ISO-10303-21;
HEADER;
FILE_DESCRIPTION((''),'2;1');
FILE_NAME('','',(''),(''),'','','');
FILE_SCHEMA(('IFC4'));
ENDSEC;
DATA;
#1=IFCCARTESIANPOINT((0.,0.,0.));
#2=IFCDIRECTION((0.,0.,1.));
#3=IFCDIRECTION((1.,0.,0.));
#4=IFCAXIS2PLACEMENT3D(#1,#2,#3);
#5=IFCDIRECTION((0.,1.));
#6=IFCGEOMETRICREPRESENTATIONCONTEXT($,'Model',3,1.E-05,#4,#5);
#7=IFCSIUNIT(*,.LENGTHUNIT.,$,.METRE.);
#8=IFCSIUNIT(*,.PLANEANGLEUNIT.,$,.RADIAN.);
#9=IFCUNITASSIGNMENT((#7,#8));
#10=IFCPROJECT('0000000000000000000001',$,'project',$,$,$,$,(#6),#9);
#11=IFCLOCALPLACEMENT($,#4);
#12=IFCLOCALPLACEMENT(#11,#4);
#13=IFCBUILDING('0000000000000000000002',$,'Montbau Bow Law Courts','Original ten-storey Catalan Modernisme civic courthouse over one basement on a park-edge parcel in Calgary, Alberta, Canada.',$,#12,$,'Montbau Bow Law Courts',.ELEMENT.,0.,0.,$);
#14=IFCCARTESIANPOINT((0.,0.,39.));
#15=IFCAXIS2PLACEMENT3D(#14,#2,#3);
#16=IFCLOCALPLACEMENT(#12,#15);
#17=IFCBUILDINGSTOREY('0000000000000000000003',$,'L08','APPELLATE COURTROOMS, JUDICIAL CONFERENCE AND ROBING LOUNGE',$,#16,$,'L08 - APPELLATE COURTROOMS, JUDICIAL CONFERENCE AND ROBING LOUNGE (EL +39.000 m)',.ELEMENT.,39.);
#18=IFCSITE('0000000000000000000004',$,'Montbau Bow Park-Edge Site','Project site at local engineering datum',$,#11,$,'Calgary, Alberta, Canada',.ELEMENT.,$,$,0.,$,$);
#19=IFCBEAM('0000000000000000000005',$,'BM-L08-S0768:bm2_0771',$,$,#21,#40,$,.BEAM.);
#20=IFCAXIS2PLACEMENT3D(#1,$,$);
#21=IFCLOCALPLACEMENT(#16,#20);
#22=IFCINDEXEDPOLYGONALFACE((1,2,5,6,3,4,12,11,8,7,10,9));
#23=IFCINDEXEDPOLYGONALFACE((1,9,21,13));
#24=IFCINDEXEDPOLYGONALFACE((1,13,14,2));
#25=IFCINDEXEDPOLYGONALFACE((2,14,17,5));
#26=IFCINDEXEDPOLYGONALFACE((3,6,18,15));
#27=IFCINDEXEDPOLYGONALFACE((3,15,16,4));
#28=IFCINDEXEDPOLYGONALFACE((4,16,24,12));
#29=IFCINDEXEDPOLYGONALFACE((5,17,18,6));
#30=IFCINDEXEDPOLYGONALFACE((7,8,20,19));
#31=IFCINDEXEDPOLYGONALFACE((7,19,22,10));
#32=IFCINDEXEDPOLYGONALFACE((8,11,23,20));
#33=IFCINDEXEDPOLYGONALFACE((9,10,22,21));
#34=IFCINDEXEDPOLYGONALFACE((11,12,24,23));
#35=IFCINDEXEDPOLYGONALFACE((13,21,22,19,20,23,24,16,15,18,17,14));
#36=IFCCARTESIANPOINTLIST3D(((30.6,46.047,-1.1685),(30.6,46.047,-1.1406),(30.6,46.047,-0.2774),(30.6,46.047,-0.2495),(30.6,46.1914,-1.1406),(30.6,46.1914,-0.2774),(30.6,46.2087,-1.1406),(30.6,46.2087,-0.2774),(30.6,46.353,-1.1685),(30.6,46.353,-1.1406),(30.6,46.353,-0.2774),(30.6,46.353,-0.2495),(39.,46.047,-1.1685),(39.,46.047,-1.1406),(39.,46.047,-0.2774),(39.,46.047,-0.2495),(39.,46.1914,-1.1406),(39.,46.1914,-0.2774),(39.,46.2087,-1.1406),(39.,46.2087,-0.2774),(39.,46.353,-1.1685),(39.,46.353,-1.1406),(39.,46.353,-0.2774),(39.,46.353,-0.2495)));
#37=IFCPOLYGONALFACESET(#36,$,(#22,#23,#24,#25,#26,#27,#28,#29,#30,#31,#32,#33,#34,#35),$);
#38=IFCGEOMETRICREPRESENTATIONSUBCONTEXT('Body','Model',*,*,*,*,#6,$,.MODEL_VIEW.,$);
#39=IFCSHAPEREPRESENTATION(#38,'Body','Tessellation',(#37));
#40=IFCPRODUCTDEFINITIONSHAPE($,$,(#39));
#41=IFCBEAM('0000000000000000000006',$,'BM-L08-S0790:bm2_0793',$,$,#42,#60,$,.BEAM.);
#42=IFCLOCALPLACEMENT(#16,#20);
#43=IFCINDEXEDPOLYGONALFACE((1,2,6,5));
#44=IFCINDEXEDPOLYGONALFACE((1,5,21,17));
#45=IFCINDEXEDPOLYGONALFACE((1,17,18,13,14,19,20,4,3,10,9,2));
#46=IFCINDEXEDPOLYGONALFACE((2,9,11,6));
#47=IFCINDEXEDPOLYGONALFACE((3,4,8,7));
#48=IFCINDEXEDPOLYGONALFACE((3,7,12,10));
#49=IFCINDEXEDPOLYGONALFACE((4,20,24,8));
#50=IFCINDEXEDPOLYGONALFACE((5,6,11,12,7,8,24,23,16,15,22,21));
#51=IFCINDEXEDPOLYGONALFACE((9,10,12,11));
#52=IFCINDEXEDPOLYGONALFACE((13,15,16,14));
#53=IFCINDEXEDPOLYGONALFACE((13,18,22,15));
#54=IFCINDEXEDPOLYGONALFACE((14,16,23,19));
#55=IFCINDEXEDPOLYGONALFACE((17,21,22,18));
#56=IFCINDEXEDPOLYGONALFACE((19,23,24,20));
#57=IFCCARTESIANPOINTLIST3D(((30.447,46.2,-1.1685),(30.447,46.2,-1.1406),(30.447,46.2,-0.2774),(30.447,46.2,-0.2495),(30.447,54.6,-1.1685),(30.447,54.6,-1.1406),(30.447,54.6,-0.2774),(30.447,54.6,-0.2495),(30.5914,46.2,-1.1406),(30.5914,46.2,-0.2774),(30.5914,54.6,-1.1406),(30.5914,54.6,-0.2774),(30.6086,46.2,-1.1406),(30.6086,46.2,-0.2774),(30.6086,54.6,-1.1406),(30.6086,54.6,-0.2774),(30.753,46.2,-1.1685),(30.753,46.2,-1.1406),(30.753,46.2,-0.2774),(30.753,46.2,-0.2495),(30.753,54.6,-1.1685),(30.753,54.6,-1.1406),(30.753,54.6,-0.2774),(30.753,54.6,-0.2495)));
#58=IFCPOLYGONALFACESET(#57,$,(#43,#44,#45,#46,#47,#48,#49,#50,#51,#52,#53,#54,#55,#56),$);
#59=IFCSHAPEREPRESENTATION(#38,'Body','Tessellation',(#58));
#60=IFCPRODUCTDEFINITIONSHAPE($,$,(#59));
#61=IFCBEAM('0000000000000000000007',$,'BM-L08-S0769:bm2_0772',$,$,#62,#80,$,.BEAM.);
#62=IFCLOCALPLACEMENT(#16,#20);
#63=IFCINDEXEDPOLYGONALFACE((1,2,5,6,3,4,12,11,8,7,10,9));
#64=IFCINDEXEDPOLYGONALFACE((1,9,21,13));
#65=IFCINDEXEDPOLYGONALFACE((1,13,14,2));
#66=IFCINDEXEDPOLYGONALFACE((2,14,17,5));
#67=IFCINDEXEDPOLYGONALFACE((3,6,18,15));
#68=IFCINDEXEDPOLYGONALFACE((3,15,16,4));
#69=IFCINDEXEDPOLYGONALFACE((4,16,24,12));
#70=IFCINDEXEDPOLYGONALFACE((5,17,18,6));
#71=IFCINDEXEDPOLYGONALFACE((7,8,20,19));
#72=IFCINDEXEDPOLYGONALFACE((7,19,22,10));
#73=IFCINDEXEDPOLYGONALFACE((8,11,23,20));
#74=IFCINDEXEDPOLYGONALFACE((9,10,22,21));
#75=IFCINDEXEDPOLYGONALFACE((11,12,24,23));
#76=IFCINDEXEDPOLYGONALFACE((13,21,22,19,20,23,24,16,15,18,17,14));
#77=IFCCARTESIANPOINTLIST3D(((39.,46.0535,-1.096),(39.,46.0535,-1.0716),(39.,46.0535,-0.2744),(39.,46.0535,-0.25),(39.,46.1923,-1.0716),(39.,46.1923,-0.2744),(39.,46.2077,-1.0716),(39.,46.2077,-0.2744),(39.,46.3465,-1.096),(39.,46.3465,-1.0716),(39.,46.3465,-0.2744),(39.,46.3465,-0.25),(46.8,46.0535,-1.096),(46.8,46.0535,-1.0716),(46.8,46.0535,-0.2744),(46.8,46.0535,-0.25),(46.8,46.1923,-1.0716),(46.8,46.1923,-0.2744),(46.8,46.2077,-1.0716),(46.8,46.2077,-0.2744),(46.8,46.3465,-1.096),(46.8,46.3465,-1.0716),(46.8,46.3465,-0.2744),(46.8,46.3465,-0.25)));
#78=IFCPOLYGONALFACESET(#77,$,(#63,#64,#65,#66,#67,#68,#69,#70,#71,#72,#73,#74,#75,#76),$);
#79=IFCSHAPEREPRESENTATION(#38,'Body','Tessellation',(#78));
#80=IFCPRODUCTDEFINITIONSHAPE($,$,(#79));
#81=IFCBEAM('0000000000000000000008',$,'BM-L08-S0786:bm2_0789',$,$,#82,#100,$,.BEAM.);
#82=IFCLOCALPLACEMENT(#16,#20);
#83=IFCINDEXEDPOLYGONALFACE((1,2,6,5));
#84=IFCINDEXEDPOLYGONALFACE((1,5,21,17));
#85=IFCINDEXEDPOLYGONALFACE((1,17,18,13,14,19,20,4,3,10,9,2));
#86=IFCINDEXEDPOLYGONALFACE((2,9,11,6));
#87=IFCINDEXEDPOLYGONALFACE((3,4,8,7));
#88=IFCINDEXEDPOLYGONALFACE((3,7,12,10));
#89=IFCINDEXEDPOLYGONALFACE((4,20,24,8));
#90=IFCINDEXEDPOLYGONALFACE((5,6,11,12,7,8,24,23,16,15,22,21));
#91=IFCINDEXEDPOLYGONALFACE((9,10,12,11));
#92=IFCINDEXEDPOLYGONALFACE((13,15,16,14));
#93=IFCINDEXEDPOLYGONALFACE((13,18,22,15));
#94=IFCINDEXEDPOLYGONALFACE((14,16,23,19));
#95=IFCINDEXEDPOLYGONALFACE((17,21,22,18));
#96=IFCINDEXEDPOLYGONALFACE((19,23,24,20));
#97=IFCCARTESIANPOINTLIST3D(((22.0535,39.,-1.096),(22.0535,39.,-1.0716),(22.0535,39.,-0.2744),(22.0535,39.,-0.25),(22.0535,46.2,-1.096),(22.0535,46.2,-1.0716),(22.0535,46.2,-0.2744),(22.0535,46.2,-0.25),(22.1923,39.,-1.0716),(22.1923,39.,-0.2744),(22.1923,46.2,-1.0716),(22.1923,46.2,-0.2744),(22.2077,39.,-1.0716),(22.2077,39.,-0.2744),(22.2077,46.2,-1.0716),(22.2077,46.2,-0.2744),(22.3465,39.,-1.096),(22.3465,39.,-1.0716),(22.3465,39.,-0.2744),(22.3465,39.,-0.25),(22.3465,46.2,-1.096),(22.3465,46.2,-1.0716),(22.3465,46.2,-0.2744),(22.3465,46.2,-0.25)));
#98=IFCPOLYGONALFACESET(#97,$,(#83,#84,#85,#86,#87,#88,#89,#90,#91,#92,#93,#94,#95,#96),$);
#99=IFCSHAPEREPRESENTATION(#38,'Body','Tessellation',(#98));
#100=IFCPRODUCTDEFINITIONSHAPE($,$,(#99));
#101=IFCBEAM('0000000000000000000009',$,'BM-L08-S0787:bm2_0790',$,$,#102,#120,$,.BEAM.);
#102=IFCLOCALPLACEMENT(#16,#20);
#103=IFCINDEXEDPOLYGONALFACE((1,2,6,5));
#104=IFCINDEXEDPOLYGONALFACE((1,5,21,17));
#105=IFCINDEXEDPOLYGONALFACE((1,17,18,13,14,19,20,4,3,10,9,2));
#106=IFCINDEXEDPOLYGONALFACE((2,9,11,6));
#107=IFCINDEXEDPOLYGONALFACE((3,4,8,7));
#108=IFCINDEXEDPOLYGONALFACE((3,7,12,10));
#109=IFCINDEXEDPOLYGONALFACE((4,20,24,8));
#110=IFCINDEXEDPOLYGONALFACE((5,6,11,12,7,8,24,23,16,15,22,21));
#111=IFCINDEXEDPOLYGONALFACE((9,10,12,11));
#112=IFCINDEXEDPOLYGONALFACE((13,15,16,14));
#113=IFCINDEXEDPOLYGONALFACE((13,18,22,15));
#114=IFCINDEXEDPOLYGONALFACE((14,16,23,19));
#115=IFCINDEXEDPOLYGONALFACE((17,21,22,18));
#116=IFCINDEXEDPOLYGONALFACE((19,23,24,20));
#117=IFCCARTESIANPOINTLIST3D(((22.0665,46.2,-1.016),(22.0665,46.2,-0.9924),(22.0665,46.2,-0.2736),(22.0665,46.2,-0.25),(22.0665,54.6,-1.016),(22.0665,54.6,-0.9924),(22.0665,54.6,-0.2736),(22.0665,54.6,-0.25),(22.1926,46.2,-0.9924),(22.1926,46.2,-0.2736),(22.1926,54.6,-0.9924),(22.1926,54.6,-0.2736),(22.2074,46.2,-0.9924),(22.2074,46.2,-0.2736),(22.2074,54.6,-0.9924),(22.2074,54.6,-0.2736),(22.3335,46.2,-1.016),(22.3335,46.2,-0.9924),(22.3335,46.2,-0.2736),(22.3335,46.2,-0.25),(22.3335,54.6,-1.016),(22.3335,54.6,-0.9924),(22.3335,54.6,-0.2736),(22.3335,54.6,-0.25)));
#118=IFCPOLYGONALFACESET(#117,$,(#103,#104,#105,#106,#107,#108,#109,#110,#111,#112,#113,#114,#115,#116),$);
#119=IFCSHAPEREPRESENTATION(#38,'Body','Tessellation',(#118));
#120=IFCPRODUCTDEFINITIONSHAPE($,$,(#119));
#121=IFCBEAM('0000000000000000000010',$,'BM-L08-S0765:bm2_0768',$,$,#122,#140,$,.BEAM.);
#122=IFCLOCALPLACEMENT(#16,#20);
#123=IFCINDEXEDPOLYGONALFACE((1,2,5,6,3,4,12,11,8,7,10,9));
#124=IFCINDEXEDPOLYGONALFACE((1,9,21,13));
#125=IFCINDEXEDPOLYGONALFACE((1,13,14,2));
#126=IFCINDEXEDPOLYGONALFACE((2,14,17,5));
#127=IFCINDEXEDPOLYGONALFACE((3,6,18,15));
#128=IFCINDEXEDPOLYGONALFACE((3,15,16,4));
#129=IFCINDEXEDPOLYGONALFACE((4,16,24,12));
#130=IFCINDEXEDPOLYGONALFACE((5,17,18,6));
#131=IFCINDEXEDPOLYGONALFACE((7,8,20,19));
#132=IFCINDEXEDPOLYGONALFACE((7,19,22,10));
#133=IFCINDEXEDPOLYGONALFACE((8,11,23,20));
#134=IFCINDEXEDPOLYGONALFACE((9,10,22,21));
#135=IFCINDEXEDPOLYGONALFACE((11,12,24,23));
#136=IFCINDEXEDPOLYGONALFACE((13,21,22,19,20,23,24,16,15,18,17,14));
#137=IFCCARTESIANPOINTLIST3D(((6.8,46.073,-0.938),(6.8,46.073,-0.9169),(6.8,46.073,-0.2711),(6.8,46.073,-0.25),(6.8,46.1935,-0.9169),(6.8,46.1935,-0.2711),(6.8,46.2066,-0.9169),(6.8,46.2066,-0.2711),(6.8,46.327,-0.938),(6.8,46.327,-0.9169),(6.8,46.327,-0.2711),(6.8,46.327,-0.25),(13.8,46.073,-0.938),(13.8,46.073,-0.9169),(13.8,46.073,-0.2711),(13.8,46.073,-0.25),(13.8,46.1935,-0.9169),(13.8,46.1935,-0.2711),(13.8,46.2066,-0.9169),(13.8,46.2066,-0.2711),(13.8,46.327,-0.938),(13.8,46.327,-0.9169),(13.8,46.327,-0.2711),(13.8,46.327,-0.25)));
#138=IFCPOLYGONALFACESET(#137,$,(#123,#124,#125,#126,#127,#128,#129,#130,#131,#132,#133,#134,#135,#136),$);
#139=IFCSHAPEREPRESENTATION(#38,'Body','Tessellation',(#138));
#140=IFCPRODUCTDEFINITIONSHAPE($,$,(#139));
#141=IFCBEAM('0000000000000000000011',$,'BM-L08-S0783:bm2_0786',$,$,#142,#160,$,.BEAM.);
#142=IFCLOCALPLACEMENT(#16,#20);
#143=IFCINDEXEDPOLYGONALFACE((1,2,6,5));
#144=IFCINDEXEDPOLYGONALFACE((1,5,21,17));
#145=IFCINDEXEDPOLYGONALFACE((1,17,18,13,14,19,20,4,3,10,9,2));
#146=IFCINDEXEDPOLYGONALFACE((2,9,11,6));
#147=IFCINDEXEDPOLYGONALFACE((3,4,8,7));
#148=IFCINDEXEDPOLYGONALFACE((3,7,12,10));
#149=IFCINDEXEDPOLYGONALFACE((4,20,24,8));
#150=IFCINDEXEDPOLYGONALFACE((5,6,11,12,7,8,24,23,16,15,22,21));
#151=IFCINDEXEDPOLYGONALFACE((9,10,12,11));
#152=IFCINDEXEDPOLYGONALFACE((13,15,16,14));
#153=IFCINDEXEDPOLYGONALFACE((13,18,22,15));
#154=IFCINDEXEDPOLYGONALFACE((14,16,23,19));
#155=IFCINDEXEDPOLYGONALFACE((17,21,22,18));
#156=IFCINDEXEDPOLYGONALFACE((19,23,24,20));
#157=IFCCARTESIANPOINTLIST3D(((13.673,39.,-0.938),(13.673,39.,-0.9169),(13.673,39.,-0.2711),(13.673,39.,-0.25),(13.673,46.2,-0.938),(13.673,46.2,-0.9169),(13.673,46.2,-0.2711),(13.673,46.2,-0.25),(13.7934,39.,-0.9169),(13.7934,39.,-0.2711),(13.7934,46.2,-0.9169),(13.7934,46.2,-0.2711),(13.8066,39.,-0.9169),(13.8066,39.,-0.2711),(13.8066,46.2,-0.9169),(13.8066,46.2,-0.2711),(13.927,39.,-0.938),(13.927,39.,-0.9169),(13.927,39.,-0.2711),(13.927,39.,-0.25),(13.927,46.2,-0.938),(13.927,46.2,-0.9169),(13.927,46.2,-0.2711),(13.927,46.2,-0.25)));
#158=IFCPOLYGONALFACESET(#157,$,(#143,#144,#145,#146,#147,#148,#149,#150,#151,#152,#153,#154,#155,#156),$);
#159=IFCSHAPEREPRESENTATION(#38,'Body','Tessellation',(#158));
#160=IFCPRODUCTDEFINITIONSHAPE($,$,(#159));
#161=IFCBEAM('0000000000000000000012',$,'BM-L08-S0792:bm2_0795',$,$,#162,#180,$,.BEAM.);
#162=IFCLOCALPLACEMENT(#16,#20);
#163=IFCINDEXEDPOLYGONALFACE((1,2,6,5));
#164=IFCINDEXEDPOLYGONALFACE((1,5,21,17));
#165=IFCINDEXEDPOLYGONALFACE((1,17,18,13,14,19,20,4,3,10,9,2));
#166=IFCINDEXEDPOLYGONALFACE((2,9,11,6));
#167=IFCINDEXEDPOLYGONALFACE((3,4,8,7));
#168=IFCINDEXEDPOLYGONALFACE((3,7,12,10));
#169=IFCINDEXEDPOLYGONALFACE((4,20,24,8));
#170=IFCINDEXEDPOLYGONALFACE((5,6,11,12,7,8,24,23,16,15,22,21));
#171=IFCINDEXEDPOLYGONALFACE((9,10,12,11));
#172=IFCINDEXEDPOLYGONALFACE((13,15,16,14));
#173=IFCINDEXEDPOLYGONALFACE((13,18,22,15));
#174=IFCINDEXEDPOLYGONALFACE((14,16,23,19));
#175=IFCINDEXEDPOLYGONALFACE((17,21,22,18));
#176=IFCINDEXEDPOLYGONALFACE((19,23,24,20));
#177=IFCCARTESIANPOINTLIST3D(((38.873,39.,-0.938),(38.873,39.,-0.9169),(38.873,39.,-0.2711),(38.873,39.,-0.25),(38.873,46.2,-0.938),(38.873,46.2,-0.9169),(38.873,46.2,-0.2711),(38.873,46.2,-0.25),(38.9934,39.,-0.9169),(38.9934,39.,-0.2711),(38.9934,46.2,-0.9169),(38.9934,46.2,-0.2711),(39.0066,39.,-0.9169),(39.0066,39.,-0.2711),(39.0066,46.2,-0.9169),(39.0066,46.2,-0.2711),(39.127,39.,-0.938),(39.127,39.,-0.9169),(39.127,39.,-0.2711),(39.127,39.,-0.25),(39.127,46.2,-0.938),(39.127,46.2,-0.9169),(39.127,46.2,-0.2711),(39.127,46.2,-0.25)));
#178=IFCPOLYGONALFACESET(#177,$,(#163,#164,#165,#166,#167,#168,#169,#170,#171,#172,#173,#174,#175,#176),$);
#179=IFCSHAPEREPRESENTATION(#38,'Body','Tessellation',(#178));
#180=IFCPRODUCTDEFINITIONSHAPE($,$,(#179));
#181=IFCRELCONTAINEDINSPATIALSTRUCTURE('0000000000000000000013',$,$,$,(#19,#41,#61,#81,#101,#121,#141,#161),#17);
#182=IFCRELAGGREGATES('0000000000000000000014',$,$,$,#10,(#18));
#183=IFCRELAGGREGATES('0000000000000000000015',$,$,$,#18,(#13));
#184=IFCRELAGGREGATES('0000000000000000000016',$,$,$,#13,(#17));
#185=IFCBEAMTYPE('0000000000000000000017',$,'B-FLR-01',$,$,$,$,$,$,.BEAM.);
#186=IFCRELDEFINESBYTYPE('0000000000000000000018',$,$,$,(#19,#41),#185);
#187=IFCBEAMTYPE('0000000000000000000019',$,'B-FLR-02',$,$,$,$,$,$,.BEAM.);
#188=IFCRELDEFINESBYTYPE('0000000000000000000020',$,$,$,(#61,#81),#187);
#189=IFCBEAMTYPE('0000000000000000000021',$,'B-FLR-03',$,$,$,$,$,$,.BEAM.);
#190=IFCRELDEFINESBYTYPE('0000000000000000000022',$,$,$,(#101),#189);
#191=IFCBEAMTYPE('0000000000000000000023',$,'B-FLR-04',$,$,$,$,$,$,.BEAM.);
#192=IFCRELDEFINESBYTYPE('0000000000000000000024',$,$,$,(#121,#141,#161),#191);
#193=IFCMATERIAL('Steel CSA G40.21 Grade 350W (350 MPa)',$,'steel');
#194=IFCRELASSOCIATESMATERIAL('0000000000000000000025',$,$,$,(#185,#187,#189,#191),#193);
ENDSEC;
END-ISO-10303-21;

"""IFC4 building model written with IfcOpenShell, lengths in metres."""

from ifc_helpers import new_model, si_unit, direction, frame, origin_with_axes, origin_2d_with_axis, place, context, subcontext, project, spatial, i_section, extrude, material, material_profile, profile_set, type_object, element, save


model = new_model("IFC4")

# Units and contexts
model_context = context("Model", 3, precision=1e-05, world=origin_with_axes(), true_north=direction((0.0, 1.0)))
body_context = subcontext(model_context, "Body", "Model", "MODEL_VIEW")
ifc_project = project(units=[si_unit("LENGTHUNIT", "METRE"), si_unit("PLANEANGLEUNIT", "RADIAN")], contexts=[model_context])

# Site, building, storey
site_placement = place(None, origin_with_axes())
site = spatial("IfcSite", under=ifc_project, at=site_placement, Name="Montbau Bow Park-Edge Site", Description="Project site at local engineering datum", LongName="Calgary, Alberta, Canada", CompositionType="ELEMENT", RefElevation=0.0)
building_placement = place(site_placement, origin_with_axes())
building = spatial("IfcBuilding", under=site, at=building_placement, Name="Montbau Bow Law Courts", Description="Original ten-storey Catalan Modernisme civic courthouse over one basement on a park-edge parcel in Calgary, Alberta, Canada.", LongName="Montbau Bow Law Courts", CompositionType="ELEMENT", ElevationOfRefHeight=0.0, ElevationOfTerrain=0.0)
storey_placement = place(building_placement, frame((0.0, 0.0, 39.0), z_axis=(0.0, 0.0, 1.0), x_axis=(1.0, 0.0, 0.0)))
storey = spatial("IfcBuildingStorey", under=building, at=storey_placement, Name="L08", Description="APPELLATE COURTROOMS, JUDICIAL CONFERENCE AND ROBING LOUNGE", LongName="L08 - APPELLATE COURTROOMS, JUDICIAL CONFERENCE AND ROBING LOUNGE (EL +39.000 m)", CompositionType="ELEMENT", Elevation=39.0)

# Beams
ifc_material_1 = material(Name="Steel CSA G40.21 Grade 350W (350 MPa)", Category="steel")
ifc_material_profile_1 = material_profile(ifc_material_1, i_section(OverallWidth=0.306, OverallDepth=0.919, WebThickness=0.0173, FlangeThickness=0.0279, at=origin_2d_with_axis()), Name="W920X253", Category="Main", Priority=0)
ifc_profile_set_1 = profile_set([ifc_material_profile_1], Name="Steel CSA G40.21 Grade 350W (350 MPa)")
beam_type_1 = type_object("IfcBeamType", Name="B-FLR-01", PredefinedType="BEAM", material=ifc_profile_set_1)
for number, where, z_axis, x_axis, name in (
    (1, (30.6, 46.2, 38.291), (1.0, 0.0, 0.0), (0.0, 1.0, 0.0), "BM-L08-S0768:bm2_0771"),
    (2, (30.6, 46.2, 38.291), (0.0, 1.0, 0.0), (-1.0, 0.0, 0.0), "BM-L08-S0790:bm2_0793"),
):
    element("IfcBeam", number, at=place(None, frame(where, z_axis=z_axis, x_axis=x_axis)), inside=storey, type_object=beam_type_1, Name=name, PredefinedType="BEAM", context=body_context, shape_type="SweptSolid", body=[
        extrude(i_section(OverallWidth=0.306, OverallDepth=0.919, WebThickness=0.0173, FlangeThickness=0.0279, at=origin_2d_with_axis()), origin_with_axes(), (0.0, 0.0, 1.0), 8.4),
    ])
ifc_material_profile_2 = material_profile(ifc_material_1, i_section(OverallWidth=0.293, OverallDepth=0.846, WebThickness=0.0154, FlangeThickness=0.0244, at=origin_2d_with_axis()), Name="W840X210", Category="Main", Priority=0)
ifc_profile_set_2 = profile_set([ifc_material_profile_2], Name="Steel CSA G40.21 Grade 350W (350 MPa)")
beam_type_2 = type_object("IfcBeamType", Name="B-FLR-02", PredefinedType="BEAM", material=ifc_profile_set_2)
beam_1_placement = place(None, frame((39.0, 46.2, 38.327), z_axis=(1.0, 0.0, 0.0), x_axis=(0.0, 1.0, 0.0)))
element("IfcBeam", 3, at=beam_1_placement, inside=storey, type_object=beam_type_2, Name="BM-L08-S0769:bm2_0772", PredefinedType="BEAM", context=body_context, shape_type="SweptSolid", body=[
    extrude(i_section(OverallWidth=0.293, OverallDepth=0.846, WebThickness=0.0154, FlangeThickness=0.0244, at=origin_2d_with_axis()), origin_with_axes(), (0.0, 0.0, 1.0), 7.8),
])
beam_2_placement = place(None, frame((22.2, 39.0, 38.327), z_axis=(0.0, 1.0, 0.0), x_axis=(-1.0, 0.0, 0.0)))
element("IfcBeam", 4, at=beam_2_placement, inside=storey, type_object=beam_type_2, Name="BM-L08-S0786:bm2_0789", PredefinedType="BEAM", context=body_context, shape_type="SweptSolid", body=[
    extrude(i_section(OverallWidth=0.293, OverallDepth=0.846, WebThickness=0.0154, FlangeThickness=0.0244, at=origin_2d_with_axis()), origin_with_axes(), (0.0, 0.0, 1.0), 7.2),
])
ifc_material_profile_3 = material_profile(ifc_material_1, i_section(OverallWidth=0.267, OverallDepth=0.766, WebThickness=0.0149, FlangeThickness=0.0236, at=origin_2d_with_axis()), Name="W760X185", Category="Main", Priority=0)
ifc_profile_set_3 = profile_set([ifc_material_profile_3], Name="Steel CSA G40.21 Grade 350W (350 MPa)")
beam_type_3 = type_object("IfcBeamType", Name="B-FLR-03", PredefinedType="BEAM", material=ifc_profile_set_3)
beam_3_placement = place(None, frame((22.2, 46.2, 38.367), z_axis=(0.0, 1.0, 0.0), x_axis=(-1.0, 0.0, 0.0)))
element("IfcBeam", 5, at=beam_3_placement, inside=storey, type_object=beam_type_3, Name="BM-L08-S0787:bm2_0790", PredefinedType="BEAM", context=body_context, shape_type="SweptSolid", body=[
    extrude(i_section(OverallWidth=0.267, OverallDepth=0.766, WebThickness=0.0149, FlangeThickness=0.0236, at=origin_2d_with_axis()), origin_with_axes(), (0.0, 0.0, 1.0), 8.4),
])
ifc_material_profile_4 = material_profile(ifc_material_1, i_section(OverallWidth=0.254, OverallDepth=0.688, WebThickness=0.0131, FlangeThickness=0.0211, at=origin_2d_with_axis()), Name="W690X152", Category="Main", Priority=0)
ifc_profile_set_4 = profile_set([ifc_material_profile_4], Name="Steel CSA G40.21 Grade 350W (350 MPa)")
beam_type_4 = type_object("IfcBeamType", Name="B-FLR-04", PredefinedType="BEAM", material=ifc_profile_set_4)
beam_4_placement = place(None, frame((6.8, 46.2, 38.406), z_axis=(1.0, 0.0, 0.0), x_axis=(0.0, 1.0, 0.0)))
element("IfcBeam", 6, at=beam_4_placement, inside=storey, type_object=beam_type_4, Name="BM-L08-S0765:bm2_0768", PredefinedType="BEAM", context=body_context, shape_type="SweptSolid", body=[
    extrude(i_section(OverallWidth=0.254, OverallDepth=0.688, WebThickness=0.0131, FlangeThickness=0.0211, at=origin_2d_with_axis()), origin_with_axes(), (0.0, 0.0, 1.0), 7.0),
])
for number, where, z_axis, x_axis, name in (
    (7, (13.8, 39.0, 38.406), (0.0, 1.0, 0.0), (-1.0, 0.0, 0.0), "BM-L08-S0783:bm2_0786"),
    (8, (39.0, 39.0, 38.406), (0.0, 1.0, 0.0), (-1.0, 0.0, 0.0), "BM-L08-S0792:bm2_0795"),
):
    element("IfcBeam", number, at=place(None, frame(where, z_axis=z_axis, x_axis=x_axis)), inside=storey, type_object=beam_type_4, Name=name, PredefinedType="BEAM", context=body_context, shape_type="SweptSolid", body=[
        extrude(i_section(OverallWidth=0.254, OverallDepth=0.688, WebThickness=0.0131, FlangeThickness=0.0211, at=origin_2d_with_axis()), origin_with_axes(), (0.0, 0.0, 1.0), 7.2),
    ])

save(model, "model.ifc")
